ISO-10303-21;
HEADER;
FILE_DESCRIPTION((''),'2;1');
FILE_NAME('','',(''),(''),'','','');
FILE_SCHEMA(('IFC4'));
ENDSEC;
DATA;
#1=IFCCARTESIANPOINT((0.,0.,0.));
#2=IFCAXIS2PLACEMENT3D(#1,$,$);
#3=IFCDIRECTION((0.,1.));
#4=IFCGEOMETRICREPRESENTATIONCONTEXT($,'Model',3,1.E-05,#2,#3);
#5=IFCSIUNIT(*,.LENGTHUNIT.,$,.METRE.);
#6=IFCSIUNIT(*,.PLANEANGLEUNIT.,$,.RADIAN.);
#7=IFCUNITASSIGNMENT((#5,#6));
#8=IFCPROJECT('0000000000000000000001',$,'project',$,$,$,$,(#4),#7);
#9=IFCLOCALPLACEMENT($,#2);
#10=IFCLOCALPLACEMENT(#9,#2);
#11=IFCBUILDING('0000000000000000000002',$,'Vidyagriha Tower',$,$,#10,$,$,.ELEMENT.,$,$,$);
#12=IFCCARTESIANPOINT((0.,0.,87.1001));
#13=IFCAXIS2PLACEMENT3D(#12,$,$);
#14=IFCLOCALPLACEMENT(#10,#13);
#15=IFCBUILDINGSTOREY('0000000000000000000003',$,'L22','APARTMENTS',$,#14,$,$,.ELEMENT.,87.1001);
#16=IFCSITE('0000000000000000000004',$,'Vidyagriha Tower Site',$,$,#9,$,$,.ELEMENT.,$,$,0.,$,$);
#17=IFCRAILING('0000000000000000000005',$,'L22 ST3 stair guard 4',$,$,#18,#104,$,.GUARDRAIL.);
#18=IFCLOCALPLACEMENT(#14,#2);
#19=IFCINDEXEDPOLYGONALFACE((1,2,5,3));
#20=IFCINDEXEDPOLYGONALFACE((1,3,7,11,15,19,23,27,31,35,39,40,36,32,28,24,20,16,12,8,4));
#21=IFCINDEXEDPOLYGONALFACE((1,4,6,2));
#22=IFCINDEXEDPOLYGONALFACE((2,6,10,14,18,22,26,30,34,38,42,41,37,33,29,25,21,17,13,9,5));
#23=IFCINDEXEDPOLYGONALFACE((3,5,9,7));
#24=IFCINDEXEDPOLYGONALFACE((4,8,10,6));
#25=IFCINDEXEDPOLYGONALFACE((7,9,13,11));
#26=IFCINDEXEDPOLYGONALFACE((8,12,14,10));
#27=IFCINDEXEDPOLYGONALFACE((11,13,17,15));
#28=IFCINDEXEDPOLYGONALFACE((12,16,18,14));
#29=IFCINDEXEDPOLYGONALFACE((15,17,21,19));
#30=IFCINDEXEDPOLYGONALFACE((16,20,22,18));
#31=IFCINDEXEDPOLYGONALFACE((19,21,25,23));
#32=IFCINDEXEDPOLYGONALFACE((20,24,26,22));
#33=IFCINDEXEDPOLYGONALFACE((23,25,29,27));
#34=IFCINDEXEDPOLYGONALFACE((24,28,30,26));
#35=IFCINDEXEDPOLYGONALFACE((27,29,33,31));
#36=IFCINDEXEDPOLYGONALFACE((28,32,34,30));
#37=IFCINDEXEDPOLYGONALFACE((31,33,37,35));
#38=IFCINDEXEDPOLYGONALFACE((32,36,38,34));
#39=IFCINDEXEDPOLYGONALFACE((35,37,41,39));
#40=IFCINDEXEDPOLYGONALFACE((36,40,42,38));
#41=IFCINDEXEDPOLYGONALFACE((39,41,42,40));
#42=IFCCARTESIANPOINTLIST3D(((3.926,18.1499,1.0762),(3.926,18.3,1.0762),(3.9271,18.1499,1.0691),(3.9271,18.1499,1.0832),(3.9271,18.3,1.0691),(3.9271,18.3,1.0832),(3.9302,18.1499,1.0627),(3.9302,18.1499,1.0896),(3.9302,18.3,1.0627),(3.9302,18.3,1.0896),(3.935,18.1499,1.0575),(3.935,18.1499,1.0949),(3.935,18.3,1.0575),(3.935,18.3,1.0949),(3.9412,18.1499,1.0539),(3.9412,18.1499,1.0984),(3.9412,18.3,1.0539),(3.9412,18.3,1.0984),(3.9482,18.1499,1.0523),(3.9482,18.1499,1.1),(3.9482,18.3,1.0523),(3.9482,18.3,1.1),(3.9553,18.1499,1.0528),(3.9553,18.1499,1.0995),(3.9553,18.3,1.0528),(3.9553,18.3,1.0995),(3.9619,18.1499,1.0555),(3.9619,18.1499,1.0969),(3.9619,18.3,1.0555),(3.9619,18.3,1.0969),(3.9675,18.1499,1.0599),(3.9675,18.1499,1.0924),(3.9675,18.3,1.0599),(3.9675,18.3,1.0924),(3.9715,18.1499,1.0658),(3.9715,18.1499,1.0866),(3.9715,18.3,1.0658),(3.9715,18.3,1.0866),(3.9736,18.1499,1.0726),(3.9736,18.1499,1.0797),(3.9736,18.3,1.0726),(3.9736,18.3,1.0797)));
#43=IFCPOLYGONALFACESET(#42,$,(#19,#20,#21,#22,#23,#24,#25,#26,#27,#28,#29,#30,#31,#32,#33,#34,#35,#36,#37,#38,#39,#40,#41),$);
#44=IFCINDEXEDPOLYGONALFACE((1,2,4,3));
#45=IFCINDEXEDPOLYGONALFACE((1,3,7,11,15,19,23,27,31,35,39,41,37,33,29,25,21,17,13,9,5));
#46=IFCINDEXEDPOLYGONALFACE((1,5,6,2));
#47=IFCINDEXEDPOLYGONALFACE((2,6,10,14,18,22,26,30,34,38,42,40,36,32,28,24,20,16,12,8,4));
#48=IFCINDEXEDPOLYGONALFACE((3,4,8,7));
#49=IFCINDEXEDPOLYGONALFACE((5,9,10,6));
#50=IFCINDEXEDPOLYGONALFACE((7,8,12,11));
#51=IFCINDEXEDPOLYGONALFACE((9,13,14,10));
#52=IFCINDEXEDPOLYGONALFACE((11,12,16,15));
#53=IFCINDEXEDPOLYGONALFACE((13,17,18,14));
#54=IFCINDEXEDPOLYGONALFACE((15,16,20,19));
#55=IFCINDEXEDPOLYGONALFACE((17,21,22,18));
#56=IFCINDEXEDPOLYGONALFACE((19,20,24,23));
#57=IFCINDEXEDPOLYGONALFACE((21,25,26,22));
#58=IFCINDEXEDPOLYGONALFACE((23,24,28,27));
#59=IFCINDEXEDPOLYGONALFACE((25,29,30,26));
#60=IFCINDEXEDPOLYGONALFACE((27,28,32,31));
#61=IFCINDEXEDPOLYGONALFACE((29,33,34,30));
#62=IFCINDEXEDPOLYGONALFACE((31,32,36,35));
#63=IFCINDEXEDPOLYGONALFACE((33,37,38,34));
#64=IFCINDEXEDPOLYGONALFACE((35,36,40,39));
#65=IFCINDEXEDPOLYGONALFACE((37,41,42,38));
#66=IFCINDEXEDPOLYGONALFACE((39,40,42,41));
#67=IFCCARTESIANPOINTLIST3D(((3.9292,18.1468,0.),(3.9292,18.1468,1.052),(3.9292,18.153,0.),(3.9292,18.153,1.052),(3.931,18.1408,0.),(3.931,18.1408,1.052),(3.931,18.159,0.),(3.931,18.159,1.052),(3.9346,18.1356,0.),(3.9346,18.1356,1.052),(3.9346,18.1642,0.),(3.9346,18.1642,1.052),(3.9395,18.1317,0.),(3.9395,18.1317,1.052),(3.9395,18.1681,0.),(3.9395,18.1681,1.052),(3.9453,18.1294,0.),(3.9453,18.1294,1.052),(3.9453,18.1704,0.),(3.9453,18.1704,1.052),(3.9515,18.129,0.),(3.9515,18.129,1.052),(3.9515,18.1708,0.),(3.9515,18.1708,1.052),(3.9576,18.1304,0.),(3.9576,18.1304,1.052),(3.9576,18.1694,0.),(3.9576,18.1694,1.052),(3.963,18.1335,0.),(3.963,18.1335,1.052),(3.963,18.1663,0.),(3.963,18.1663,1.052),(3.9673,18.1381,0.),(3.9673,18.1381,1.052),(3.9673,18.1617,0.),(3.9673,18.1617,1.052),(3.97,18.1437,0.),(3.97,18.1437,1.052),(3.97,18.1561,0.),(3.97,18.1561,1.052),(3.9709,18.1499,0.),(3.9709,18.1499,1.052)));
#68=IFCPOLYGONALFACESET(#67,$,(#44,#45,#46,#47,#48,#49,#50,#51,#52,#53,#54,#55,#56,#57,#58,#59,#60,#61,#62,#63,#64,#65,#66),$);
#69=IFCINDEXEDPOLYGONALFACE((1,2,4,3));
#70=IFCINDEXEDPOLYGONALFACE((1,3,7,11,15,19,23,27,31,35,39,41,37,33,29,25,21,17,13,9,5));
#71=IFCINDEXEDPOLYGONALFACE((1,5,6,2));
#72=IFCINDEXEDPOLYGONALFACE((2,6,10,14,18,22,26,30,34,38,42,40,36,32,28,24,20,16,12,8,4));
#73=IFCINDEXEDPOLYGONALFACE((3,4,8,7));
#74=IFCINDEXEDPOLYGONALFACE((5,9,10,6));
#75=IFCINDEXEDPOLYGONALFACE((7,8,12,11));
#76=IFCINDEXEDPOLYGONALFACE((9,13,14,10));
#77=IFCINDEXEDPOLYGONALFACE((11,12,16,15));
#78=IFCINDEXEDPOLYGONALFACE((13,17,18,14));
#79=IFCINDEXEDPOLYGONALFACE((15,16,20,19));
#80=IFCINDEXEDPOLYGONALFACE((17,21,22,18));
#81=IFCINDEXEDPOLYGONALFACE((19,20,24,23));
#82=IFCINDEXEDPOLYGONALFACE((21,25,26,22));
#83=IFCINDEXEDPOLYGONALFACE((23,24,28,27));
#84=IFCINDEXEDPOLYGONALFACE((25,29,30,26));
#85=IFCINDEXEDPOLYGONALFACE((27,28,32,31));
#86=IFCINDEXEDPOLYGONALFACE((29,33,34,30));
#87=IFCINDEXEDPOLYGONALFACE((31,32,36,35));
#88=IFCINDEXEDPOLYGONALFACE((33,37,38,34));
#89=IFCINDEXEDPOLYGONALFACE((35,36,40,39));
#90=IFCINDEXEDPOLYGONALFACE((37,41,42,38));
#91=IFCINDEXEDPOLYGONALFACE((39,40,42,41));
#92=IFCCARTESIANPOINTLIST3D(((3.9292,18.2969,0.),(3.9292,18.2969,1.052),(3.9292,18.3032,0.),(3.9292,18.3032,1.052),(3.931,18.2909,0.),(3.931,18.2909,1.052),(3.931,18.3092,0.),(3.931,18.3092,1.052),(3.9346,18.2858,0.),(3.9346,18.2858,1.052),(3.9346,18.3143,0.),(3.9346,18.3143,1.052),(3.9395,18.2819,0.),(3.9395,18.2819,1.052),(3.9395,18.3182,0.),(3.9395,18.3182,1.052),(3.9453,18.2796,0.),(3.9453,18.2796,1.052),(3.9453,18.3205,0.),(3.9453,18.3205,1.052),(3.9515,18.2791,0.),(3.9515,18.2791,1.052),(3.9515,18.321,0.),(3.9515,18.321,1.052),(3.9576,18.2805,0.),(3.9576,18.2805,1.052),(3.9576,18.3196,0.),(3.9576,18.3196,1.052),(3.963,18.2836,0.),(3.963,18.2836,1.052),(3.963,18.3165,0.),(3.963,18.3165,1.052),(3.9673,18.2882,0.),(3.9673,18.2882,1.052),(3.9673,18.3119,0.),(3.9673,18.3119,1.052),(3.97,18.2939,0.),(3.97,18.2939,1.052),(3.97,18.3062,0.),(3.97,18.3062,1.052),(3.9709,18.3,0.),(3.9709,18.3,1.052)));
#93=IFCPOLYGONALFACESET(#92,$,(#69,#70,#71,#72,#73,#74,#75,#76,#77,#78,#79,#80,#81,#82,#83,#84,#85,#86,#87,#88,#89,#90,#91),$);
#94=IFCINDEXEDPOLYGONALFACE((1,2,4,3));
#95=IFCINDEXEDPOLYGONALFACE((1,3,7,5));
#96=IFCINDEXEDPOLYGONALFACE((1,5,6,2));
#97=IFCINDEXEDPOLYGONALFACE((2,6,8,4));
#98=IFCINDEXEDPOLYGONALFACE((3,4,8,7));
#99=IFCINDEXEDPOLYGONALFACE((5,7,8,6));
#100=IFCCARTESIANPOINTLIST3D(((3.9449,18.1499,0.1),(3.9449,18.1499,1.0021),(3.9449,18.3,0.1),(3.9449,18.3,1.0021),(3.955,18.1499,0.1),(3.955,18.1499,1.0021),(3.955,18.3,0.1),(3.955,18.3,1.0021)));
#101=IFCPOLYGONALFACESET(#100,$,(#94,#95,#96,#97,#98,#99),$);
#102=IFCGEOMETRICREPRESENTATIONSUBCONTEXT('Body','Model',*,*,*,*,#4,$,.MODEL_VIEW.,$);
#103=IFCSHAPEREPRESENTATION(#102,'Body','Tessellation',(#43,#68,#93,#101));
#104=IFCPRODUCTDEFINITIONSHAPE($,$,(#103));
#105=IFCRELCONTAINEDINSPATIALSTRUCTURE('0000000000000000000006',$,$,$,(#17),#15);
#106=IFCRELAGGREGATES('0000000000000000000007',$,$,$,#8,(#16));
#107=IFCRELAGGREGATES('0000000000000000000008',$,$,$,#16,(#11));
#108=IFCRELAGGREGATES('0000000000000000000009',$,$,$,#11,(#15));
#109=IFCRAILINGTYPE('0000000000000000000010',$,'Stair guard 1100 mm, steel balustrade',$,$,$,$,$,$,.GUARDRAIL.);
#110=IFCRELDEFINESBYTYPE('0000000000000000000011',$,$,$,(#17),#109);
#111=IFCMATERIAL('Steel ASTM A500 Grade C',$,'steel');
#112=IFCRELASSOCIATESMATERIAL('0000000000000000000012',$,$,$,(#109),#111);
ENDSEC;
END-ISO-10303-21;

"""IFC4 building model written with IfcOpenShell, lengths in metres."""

from ifc_helpers import new_model, si_unit, direction, frame, origin, origin_2d, place, context, subcontext, project, spatial, rectangle, circle, extrude, material, type_object, element, save


model = new_model("IFC4")

# Units and contexts
model_context = context("Model", 3, precision=1e-05, world=origin(), true_north=direction((0.0, 1.0)))
body_context = subcontext(model_context, "Body", "Model", "MODEL_VIEW")
ifc_project = project(units=[si_unit("LENGTHUNIT", "METRE"), si_unit("PLANEANGLEUNIT", "RADIAN")], contexts=[model_context])

# Site, building, storey
site_placement = place(None, origin())
site = spatial("IfcSite", under=ifc_project, at=site_placement, Name="Vidyagriha Tower Site", CompositionType="ELEMENT", RefElevation=0.0)
building_placement = place(site_placement, origin())
building = spatial("IfcBuilding", under=site, at=building_placement, Name="Vidyagriha Tower", CompositionType="ELEMENT")
storey_placement = place(building_placement, frame((0.0, 0.0, 87.1001)))
storey = spatial("IfcBuildingStorey", under=building, at=storey_placement, Name="L22", Description="APARTMENTS", CompositionType="ELEMENT", Elevation=87.1001)

# Railing
ifc_material_1 = material(Name="Steel ASTM A500 Grade C", Category="steel")
railing_type_1 = type_object("IfcRailingType", Name="Stair guard 1100 mm, steel balustrade", PredefinedType="GUARDRAIL", material=ifc_material_1)
railing_1_placement = place(storey_placement, frame((3.95, 18.1499, 0.0)))
element("IfcRailing", 1, at=railing_1_placement, inside=storey, type_object=railing_type_1, Name="L22 ST3 stair guard 4", PredefinedType="GUARDRAIL", context=body_context, shape_type="SweptSolid", body=[
    extrude(circle(Radius=0.0239, at=origin_2d()), frame((0.0, 0.0, 1.0762), z_axis=(0.0, 1.0, 0.0), x_axis=(-1.0, 0.0, 0.0)), (0.0, 0.0, 1.0), 0.1501),
    extrude(circle(Radius=0.021, at=origin_2d()), origin(), (0.0, 0.0, 1.0), 1.052),
    extrude(circle(Radius=0.021, at=origin_2d()), frame((0.0, 0.1501, 0.0)), (0.0, 0.0, 1.0), 1.052),
    extrude(rectangle(XDim=0.01, YDim=0.9021, at=origin_2d()), frame((0.0, 0.0, 0.551), z_axis=(0.0, 1.0, 0.0), x_axis=(-1.0, 0.0, 0.0)), (0.0, 0.0, 1.0), 0.1501),
])

save(model, "model.ifc")
